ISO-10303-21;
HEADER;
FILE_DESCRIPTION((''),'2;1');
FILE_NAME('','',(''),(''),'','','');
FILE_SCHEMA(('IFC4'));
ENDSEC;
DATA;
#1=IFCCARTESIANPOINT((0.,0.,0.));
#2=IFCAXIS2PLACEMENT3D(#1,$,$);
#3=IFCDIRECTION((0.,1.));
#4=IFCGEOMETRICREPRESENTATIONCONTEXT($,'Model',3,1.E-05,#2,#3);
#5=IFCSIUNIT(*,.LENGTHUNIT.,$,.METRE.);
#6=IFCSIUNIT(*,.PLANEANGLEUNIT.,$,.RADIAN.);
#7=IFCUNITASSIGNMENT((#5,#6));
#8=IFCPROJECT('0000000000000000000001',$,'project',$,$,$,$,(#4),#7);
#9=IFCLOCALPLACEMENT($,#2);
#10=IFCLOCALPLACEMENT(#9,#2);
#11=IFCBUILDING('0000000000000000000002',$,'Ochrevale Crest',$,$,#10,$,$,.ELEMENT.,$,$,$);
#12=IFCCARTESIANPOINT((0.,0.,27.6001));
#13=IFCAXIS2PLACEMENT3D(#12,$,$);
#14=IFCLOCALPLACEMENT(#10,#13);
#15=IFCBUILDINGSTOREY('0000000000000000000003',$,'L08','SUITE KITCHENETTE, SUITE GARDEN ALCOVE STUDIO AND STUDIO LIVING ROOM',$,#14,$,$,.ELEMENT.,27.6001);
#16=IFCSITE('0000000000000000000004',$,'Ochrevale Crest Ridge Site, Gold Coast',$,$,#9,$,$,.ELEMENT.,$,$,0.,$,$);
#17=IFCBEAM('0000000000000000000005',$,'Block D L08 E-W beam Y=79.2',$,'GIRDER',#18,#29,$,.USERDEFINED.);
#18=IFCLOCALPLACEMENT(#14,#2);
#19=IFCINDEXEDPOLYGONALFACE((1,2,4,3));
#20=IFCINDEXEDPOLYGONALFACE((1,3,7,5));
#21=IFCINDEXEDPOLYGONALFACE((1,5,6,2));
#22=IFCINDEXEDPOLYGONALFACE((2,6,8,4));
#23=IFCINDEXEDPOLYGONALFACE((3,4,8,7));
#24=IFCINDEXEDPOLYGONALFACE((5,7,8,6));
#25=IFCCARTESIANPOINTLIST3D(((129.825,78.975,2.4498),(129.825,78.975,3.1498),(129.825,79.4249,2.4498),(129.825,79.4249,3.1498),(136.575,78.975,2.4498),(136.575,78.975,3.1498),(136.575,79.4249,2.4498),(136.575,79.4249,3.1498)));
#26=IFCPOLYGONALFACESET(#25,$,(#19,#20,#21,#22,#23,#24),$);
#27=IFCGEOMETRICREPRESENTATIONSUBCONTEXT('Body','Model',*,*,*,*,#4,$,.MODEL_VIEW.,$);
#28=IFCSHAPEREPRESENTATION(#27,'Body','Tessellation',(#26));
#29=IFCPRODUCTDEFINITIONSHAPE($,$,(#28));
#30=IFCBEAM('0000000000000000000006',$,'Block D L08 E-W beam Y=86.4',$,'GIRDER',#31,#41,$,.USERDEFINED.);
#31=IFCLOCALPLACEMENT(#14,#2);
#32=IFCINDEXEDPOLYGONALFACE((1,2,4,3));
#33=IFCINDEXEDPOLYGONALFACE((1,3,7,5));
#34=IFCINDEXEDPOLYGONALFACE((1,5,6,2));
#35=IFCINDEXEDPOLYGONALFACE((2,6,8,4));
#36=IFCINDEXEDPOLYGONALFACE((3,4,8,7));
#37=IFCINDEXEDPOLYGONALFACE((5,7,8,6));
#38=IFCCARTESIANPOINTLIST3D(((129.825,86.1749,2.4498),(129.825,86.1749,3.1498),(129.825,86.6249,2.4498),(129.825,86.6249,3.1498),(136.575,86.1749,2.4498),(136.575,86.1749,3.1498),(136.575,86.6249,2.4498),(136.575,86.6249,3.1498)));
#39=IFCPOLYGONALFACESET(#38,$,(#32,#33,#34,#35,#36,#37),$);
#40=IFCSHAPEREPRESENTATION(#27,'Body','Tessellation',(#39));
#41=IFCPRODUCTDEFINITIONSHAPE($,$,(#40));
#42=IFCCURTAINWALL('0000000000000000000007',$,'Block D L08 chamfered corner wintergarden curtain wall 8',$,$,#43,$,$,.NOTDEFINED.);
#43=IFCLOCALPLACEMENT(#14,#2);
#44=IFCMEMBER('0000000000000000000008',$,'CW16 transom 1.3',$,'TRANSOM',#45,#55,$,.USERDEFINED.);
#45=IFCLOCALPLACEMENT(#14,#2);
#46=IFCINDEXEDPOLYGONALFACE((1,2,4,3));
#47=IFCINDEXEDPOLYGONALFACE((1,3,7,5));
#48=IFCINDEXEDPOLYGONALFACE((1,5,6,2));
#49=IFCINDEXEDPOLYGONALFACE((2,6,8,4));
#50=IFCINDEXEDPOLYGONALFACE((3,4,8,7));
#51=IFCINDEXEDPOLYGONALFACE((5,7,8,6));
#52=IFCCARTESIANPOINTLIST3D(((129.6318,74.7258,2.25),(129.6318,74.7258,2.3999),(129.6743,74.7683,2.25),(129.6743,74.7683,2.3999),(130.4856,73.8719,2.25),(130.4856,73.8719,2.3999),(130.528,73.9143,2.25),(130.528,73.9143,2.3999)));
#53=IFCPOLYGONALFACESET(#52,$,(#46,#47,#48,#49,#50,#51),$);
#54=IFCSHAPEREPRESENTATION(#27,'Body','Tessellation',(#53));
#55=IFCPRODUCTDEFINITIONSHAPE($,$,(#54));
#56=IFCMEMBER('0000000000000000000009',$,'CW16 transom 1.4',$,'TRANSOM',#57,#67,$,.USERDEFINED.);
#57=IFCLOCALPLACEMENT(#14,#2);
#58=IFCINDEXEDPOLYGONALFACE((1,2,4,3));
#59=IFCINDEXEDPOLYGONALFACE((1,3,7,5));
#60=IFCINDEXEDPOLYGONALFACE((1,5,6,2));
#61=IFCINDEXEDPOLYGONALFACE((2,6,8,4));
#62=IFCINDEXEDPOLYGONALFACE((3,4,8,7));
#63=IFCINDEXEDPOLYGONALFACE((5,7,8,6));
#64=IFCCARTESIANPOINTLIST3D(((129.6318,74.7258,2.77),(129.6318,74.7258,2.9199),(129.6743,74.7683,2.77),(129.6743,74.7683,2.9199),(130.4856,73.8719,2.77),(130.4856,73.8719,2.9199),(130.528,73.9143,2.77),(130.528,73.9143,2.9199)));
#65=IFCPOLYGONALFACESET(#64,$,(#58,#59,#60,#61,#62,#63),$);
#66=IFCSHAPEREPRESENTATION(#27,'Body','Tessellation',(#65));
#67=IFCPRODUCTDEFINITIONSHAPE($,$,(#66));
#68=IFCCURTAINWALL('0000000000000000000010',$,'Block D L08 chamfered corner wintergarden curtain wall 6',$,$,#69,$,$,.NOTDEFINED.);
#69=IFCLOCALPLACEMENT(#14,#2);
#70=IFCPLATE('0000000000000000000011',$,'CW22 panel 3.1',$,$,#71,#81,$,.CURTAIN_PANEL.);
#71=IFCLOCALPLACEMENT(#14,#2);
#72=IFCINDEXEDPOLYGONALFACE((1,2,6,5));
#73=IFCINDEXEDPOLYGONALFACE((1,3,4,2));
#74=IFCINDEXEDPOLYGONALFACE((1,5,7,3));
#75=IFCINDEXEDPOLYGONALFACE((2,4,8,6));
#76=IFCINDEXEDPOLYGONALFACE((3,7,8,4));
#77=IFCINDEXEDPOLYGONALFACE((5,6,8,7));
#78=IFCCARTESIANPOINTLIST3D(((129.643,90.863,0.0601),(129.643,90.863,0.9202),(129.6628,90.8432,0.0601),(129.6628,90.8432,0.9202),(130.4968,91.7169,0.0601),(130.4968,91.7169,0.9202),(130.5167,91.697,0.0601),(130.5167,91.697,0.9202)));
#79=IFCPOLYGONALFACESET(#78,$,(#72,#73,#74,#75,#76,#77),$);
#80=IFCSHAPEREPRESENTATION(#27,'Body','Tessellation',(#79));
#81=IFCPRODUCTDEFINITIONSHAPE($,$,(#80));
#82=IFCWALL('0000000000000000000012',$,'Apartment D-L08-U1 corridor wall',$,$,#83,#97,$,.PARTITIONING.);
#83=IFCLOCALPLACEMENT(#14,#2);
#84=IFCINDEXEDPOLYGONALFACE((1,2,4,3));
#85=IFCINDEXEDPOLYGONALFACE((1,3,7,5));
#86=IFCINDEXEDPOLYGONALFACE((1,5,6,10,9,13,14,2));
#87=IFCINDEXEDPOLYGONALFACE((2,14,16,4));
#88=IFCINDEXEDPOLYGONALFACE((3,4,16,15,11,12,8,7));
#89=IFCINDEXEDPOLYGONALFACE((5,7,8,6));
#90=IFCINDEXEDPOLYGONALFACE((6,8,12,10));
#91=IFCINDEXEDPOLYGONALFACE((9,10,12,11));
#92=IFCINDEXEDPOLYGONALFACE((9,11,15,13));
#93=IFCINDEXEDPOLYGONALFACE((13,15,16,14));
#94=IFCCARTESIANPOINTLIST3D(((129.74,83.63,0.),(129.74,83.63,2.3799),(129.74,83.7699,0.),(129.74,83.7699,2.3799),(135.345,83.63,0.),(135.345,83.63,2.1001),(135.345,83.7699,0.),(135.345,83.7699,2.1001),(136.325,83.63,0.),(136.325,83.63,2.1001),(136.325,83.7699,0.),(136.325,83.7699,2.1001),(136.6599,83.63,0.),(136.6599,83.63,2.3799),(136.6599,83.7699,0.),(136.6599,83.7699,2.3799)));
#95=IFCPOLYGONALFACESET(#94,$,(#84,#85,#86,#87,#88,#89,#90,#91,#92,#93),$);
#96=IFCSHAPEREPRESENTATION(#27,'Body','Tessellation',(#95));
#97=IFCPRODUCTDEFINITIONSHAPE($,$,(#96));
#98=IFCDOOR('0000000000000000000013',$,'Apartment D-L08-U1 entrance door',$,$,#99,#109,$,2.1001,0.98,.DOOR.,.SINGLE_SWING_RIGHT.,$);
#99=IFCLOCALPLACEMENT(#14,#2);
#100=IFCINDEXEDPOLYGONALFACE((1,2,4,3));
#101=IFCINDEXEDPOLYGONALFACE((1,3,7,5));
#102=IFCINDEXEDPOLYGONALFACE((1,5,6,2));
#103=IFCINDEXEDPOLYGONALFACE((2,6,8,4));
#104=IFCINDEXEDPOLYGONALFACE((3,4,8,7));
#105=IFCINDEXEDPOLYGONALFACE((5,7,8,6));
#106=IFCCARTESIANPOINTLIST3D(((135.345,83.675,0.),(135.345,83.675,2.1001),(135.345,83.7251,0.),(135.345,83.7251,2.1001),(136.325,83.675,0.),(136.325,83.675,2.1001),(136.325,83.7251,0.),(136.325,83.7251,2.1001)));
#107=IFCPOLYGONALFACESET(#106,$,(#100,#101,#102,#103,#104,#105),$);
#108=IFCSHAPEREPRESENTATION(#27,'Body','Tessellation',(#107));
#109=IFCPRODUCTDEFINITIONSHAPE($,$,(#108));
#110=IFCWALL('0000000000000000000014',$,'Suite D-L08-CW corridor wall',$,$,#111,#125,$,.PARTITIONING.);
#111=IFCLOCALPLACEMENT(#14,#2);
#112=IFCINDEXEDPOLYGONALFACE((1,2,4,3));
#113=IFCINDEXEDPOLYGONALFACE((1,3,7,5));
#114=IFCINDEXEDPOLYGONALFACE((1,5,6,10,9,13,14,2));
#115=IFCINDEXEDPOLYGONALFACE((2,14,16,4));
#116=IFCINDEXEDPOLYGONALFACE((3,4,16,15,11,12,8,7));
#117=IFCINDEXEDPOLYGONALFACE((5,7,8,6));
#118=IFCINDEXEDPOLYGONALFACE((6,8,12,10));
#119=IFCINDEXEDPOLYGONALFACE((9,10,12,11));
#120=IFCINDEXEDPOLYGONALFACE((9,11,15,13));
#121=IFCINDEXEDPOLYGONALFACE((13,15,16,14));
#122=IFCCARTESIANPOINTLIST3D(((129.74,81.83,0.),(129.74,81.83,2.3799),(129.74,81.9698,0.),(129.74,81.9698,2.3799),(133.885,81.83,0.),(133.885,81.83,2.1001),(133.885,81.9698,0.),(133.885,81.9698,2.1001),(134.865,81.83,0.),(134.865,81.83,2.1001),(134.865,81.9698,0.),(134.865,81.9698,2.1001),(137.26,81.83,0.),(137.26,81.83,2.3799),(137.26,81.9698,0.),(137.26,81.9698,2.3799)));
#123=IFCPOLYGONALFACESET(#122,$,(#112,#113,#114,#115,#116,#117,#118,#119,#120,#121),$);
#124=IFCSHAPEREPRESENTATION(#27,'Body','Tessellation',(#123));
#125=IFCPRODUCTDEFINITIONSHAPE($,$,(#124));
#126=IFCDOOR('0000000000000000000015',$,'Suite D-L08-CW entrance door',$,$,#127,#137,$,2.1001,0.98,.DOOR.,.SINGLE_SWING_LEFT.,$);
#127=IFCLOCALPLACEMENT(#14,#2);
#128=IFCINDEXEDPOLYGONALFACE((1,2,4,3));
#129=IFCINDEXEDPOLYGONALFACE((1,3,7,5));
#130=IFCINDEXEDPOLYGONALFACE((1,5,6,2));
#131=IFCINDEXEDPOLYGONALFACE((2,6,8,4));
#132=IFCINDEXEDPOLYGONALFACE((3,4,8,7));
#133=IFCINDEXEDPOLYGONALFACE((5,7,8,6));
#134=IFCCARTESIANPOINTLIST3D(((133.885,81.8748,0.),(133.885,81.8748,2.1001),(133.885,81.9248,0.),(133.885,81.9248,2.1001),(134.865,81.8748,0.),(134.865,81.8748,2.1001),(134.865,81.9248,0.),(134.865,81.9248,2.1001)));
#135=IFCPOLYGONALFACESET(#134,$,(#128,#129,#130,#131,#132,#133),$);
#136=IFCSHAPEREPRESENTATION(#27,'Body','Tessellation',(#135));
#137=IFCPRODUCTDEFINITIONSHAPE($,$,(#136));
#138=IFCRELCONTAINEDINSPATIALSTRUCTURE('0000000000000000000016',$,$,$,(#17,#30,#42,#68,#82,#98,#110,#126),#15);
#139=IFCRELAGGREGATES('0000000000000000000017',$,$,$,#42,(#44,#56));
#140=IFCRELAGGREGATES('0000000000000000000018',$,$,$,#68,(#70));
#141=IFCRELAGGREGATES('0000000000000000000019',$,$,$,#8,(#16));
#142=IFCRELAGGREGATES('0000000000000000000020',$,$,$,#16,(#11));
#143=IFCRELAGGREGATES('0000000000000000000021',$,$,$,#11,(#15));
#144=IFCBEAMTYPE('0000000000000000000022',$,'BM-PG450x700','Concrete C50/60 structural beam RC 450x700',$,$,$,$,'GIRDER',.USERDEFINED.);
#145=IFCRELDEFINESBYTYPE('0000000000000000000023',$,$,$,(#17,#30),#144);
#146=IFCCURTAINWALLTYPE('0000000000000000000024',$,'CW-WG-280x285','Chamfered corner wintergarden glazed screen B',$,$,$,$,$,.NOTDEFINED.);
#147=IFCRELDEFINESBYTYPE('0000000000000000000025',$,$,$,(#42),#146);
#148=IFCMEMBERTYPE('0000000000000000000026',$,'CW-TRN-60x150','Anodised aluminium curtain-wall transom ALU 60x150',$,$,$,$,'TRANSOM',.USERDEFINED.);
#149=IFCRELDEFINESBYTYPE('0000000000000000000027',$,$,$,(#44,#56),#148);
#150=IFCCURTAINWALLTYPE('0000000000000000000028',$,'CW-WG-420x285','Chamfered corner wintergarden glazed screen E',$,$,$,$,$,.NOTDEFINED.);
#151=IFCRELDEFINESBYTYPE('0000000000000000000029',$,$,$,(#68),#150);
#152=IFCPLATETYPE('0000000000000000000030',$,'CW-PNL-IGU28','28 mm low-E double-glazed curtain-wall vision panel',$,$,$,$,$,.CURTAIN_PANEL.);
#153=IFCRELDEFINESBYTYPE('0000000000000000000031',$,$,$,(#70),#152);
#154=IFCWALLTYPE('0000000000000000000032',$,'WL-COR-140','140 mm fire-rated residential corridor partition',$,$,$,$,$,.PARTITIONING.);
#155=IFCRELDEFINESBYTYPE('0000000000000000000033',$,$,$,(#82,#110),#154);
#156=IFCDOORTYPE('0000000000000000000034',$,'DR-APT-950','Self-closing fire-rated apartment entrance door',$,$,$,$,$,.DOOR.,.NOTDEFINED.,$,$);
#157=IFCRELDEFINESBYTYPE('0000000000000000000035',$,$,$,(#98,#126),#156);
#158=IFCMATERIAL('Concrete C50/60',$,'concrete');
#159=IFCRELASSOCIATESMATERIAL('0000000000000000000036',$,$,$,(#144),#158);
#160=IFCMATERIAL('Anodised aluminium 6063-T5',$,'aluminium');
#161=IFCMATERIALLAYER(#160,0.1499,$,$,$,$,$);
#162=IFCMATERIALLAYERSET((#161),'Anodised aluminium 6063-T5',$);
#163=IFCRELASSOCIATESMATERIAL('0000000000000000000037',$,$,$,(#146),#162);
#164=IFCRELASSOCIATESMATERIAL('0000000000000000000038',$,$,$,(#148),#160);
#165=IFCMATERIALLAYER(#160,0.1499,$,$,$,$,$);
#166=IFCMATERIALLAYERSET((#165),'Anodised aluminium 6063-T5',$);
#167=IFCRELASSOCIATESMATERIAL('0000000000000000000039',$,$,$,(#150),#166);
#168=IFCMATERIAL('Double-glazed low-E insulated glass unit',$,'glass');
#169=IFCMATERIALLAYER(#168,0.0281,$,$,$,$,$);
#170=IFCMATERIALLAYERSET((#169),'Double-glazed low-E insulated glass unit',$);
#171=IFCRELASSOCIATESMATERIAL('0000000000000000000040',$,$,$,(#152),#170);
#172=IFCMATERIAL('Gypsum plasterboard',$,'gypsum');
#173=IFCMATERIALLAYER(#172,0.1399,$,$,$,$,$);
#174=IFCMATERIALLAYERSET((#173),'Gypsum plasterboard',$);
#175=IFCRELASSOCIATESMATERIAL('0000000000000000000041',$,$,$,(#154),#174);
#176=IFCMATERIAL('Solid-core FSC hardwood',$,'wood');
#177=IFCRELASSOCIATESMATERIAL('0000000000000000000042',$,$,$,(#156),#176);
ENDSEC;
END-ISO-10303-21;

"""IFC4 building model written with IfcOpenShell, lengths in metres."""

from ifc_helpers import new_model, si_unit, direction, frame, frame_2d, origin, origin_2d, place, context, subcontext, project, spatial, rectangle, extrude, material, layer, layer_set, material_profile, profile_set, type_object, element, fill, aggregate, save


model = new_model("IFC4")

# Units and contexts
model_context = context("Model", 3, precision=1e-05, world=origin(), true_north=direction((0.0, 1.0)))
body_context = subcontext(model_context, "Body", "Model", "MODEL_VIEW")
ifc_project = project(units=[si_unit("LENGTHUNIT", "METRE"), si_unit("PLANEANGLEUNIT", "RADIAN")], contexts=[model_context])

# Site, building, storey
site_placement = place(None, origin())
site = spatial("IfcSite", under=ifc_project, at=site_placement, Name="Ochrevale Crest Ridge Site, Gold Coast", CompositionType="ELEMENT", RefElevation=0.0)
building_placement = place(site_placement, origin())
building = spatial("IfcBuilding", under=site, at=building_placement, Name="Ochrevale Crest", CompositionType="ELEMENT")
storey_placement = place(building_placement, frame((0.0, 0.0, 27.6001)))
storey = spatial("IfcBuildingStorey", under=building, at=storey_placement, Name="L08", Description="SUITE KITCHENETTE, SUITE GARDEN ALCOVE STUDIO AND STUDIO LIVING ROOM", CompositionType="ELEMENT", Elevation=27.6001)

# Beams
ifc_material_1 = material(Name="Concrete C50/60", Category="concrete")
ifc_material_profile_1 = material_profile(ifc_material_1, rectangle(XDim=0.45, YDim=0.7, at=origin_2d()), Name="RC 450x700")
ifc_profile_set_1 = profile_set([ifc_material_profile_1], Name="Concrete C50/60")
beam_type = type_object("IfcBeamType", Name="BM-PG450x700", Description="Concrete C50/60 structural beam RC 450x700", ElementType="GIRDER", PredefinedType="USERDEFINED", material=ifc_profile_set_1)
for number, where, z_axis, x_axis, name in (
    (1, (129.825, 79.2, 2.7998), (1.0, 0.0, 0.0), (0.0, 1.0, 0.0), "Block D L08 E-W beam Y=79.2"),
    (2, (129.825, 86.3999, 2.7998), (1.0, 0.0, 0.0), (0.0, 1.0, 0.0), "Block D L08 E-W beam Y=86.4"),
):
    element("IfcBeam", number, at=place(storey_placement, frame(where, z_axis=z_axis, x_axis=x_axis)), inside=storey, type_object=beam_type, Name=name, ObjectType="GIRDER", PredefinedType="USERDEFINED", context=body_context, shape_type="SweptSolid", body=[
        extrude(rectangle(XDim=0.45, YDim=0.7, at=origin_2d()), origin(), (0.0, 0.0, 1.0), 6.75),
    ])

# Curtain wall, members
ifc_material_2 = material(Name="Anodised aluminium 6063-T5", Category="aluminium")
ifc_layer_1 = layer(ifc_material_2, 0.1499)
ifc_layer_set_1 = layer_set([ifc_layer_1], Name="Anodised aluminium 6063-T5")
curtain_wall_type_1 = type_object("IfcCurtainWallType", Name="CW-WG-280x285", Description="Chamfered corner wintergarden glazed screen B", PredefinedType="NOTDEFINED", material=ifc_layer_set_1)
curtain_wall_1_placement = place(storey_placement, origin())
curtain_wall_1 = element("IfcCurtainWall", 3, at=curtain_wall_1_placement, inside=storey, type_object=curtain_wall_type_1, Name="Block D L08 chamfered corner wintergarden curtain wall 8", PredefinedType="NOTDEFINED")
ifc_material_profile_2 = material_profile(ifc_material_2, rectangle(XDim=0.0601, YDim=0.1499, at=origin_2d()), Name="ALU 60x150")
ifc_profile_set_2 = profile_set([ifc_material_profile_2], Name="Anodised aluminium 6063-T5")
member_type = type_object("IfcMemberType", Name="CW-TRN-60x150", Description="Anodised aluminium curtain-wall transom ALU 60x150", ElementType="TRANSOM", PredefinedType="USERDEFINED", material=ifc_profile_set_2)
member_1_placement = place(storey_placement, frame((129.6531, 74.7471, 2.325), z_axis=(0.707006, -0.707208, 0.0), x_axis=(0.707208, 0.707006, 0.0)))
member_1 = element("IfcMember", 4, at=member_1_placement, type_object=member_type, Name="CW16 transom 1.3", ObjectType="TRANSOM", PredefinedType="USERDEFINED", context=body_context, shape_type="SweptSolid", body=[
    extrude(rectangle(XDim=0.0601, YDim=0.1499, at=origin_2d()), origin(), (0.0, 0.0, 1.0), 1.2075),
])
member_2_placement = place(storey_placement, frame((129.6531, 74.7471, 2.845), z_axis=(0.707006, -0.707208, 0.0), x_axis=(0.707208, 0.707006, 0.0)))
member_2 = element("IfcMember", 5, at=member_2_placement, type_object=member_type, Name="CW16 transom 1.4", ObjectType="TRANSOM", PredefinedType="USERDEFINED", context=body_context, shape_type="SweptSolid", body=[
    extrude(rectangle(XDim=0.0601, YDim=0.1499, at=origin_2d()), origin(), (0.0, 0.0, 1.0), 1.2075),
])
aggregate(curtain_wall_1, [member_1, member_2])

# Curtain wall, plate
ifc_layer_2 = layer(ifc_material_2, 0.1499)
ifc_layer_set_2 = layer_set([ifc_layer_2], Name="Anodised aluminium 6063-T5")
curtain_wall_type_2 = type_object("IfcCurtainWallType", Name="CW-WG-420x285", Description="Chamfered corner wintergarden glazed screen E", PredefinedType="NOTDEFINED", material=ifc_layer_set_2)
curtain_wall_2_placement = place(storey_placement, origin())
curtain_wall_2 = element("IfcCurtainWall", 6, at=curtain_wall_2_placement, inside=storey, type_object=curtain_wall_type_2, Name="Block D L08 chamfered corner wintergarden curtain wall 6", PredefinedType="NOTDEFINED")
ifc_material_3 = material(Name="Double-glazed low-E insulated glass unit", Category="glass")
ifc_layer_3 = layer(ifc_material_3, 0.0281)
ifc_layer_set_3 = layer_set([ifc_layer_3], Name="Double-glazed low-E insulated glass unit")
plate_type = type_object("IfcPlateType", Name="CW-PNL-IGU28", Description="28 mm low-E double-glazed curtain-wall vision panel", PredefinedType="CURTAIN_PANEL", material=ifc_layer_set_3)
plate_placement = place(storey_placement, frame((130.0798, 91.28, 0.0601), z_axis=(0.0, 0.0, 1.0), x_axis=(-0.707107, -0.707107, 0.0)))
plate = element("IfcPlate", 7, at=plate_placement, type_object=plate_type, Name="CW22 panel 3.1", PredefinedType="CURTAIN_PANEL", context=body_context, shape_type="SweptSolid", body=[
    extrude(rectangle(XDim=1.2075, YDim=0.0281, at=origin_2d()), origin(), (0.0, 0.0, 1.0), 0.8601),
])
aggregate(curtain_wall_2, [plate])

# Walls, openings, doors
ifc_material_4 = material(Name="Gypsum plasterboard", Category="gypsum")
ifc_layer_4 = layer(ifc_material_4, 0.1399)
ifc_layer_set_4 = layer_set([ifc_layer_4], Name="Gypsum plasterboard")
wall_type_1 = type_object("IfcWallType", Name="WL-COR-140", Description="140 mm fire-rated residential corridor partition", PredefinedType="PARTITIONING", material=ifc_layer_set_4)
wall_1_placement = place(storey_placement, frame((129.74, 83.7, 0.0), z_axis=(0.0, 0.0, 1.0), x_axis=(1.0, 0.0, 0.0)))
wall_1 = element("IfcWall", 8, at=wall_1_placement, inside=storey, type_object=wall_type_1, Name="Apartment D-L08-U1 corridor wall", PredefinedType="PARTITIONING", context=body_context, shape_type="SweptSolid", body=[
    extrude(rectangle(XDim=6.9199, YDim=0.1399, at=frame_2d((3.46, 0.0))), origin(), (0.0, 0.0, 1.0), 2.3799),
])
opening_1_placement = place(wall_1_placement, frame((6.585, 0.0, 0.0), z_axis=(0.0, 0.0, 1.0), x_axis=(-1.0, 0.0, 0.0)))
opening_1 = element("IfcOpeningElement", 9, at=opening_1_placement, cuts=wall_1, PredefinedType="OPENING", context=body_context, shape_type="SweptSolid", body=[
    extrude(rectangle(XDim=0.98, YDim=2.1001, at=frame_2d((0.49, 1.05))), frame((0.0, 0.0801, 0.0), z_axis=(0.0, -1.0, 0.0), x_axis=(1.0, 0.0, 0.0)), (0.0, 0.0, 1.0), 0.1599),
])
ifc_material_5 = material(Name="Solid-core FSC hardwood", Category="wood")
door_type_1 = type_object("IfcDoorType", Name="DR-APT-950", Description="Self-closing fire-rated apartment entrance door", OperationType="NOTDEFINED", PredefinedType="DOOR", material=ifc_material_5)
door_1_placement = place(opening_1_placement, origin())
door_1 = element("IfcDoor", 10, at=door_1_placement, inside=storey, type_object=door_type_1, Name="Apartment D-L08-U1 entrance door", OperationType="SINGLE_SWING_RIGHT", OverallHeight=2.1001, OverallWidth=0.98, PredefinedType="DOOR", context=body_context, shape_type="SweptSolid", body=[
    extrude(rectangle(XDim=0.98, YDim=2.1001, at=frame_2d((0.49, 1.05))), frame((0.0, 0.0249, 0.0), z_axis=(0.0, -1.0, 0.0), x_axis=(1.0, 0.0, 0.0)), (0.0, 0.0, 1.0), 0.05),
])
fill(opening_1, door_1)
wall_2_placement = place(storey_placement, frame((129.74, 81.8999, 0.0), z_axis=(0.0, 0.0, 1.0), x_axis=(1.0, 0.0, 0.0)))
wall_2 = element("IfcWall", 11, at=wall_2_placement, inside=storey, type_object=wall_type_1, Name="Suite D-L08-CW corridor wall", PredefinedType="PARTITIONING", context=body_context, shape_type="SweptSolid", body=[
    extrude(rectangle(XDim=7.52, YDim=0.1399, at=frame_2d((3.76, 0.0))), origin(), (0.0, 0.0, 1.0), 2.3799),
])
opening_2_placement = place(wall_2_placement, frame((4.145, 0.0, 0.0)))
opening_2 = element("IfcOpeningElement", 12, at=opening_2_placement, cuts=wall_2, PredefinedType="OPENING", context=body_context, shape_type="SweptSolid", body=[
    extrude(rectangle(XDim=0.98, YDim=2.1001, at=frame_2d((0.49, 1.05))), frame((0.0, 0.0801, 0.0), z_axis=(0.0, -1.0, 0.0), x_axis=(1.0, 0.0, 0.0)), (0.0, 0.0, 1.0), 0.1599),
])
door_2_placement = place(opening_2_placement, origin())
door_2 = element("IfcDoor", 13, at=door_2_placement, inside=storey, type_object=door_type_1, Name="Suite D-L08-CW entrance door", OperationType="SINGLE_SWING_LEFT", OverallHeight=2.1001, OverallWidth=0.98, PredefinedType="DOOR", context=body_context, shape_type="SweptSolid", body=[
    extrude(rectangle(XDim=0.98, YDim=2.1001, at=frame_2d((0.49, 1.05))), frame((0.0, 0.0249, 0.0), z_axis=(0.0, -1.0, 0.0), x_axis=(1.0, 0.0, 0.0)), (0.0, 0.0, 1.0), 0.05),
])
fill(opening_2, door_2)

save(model, "model.ifc")
